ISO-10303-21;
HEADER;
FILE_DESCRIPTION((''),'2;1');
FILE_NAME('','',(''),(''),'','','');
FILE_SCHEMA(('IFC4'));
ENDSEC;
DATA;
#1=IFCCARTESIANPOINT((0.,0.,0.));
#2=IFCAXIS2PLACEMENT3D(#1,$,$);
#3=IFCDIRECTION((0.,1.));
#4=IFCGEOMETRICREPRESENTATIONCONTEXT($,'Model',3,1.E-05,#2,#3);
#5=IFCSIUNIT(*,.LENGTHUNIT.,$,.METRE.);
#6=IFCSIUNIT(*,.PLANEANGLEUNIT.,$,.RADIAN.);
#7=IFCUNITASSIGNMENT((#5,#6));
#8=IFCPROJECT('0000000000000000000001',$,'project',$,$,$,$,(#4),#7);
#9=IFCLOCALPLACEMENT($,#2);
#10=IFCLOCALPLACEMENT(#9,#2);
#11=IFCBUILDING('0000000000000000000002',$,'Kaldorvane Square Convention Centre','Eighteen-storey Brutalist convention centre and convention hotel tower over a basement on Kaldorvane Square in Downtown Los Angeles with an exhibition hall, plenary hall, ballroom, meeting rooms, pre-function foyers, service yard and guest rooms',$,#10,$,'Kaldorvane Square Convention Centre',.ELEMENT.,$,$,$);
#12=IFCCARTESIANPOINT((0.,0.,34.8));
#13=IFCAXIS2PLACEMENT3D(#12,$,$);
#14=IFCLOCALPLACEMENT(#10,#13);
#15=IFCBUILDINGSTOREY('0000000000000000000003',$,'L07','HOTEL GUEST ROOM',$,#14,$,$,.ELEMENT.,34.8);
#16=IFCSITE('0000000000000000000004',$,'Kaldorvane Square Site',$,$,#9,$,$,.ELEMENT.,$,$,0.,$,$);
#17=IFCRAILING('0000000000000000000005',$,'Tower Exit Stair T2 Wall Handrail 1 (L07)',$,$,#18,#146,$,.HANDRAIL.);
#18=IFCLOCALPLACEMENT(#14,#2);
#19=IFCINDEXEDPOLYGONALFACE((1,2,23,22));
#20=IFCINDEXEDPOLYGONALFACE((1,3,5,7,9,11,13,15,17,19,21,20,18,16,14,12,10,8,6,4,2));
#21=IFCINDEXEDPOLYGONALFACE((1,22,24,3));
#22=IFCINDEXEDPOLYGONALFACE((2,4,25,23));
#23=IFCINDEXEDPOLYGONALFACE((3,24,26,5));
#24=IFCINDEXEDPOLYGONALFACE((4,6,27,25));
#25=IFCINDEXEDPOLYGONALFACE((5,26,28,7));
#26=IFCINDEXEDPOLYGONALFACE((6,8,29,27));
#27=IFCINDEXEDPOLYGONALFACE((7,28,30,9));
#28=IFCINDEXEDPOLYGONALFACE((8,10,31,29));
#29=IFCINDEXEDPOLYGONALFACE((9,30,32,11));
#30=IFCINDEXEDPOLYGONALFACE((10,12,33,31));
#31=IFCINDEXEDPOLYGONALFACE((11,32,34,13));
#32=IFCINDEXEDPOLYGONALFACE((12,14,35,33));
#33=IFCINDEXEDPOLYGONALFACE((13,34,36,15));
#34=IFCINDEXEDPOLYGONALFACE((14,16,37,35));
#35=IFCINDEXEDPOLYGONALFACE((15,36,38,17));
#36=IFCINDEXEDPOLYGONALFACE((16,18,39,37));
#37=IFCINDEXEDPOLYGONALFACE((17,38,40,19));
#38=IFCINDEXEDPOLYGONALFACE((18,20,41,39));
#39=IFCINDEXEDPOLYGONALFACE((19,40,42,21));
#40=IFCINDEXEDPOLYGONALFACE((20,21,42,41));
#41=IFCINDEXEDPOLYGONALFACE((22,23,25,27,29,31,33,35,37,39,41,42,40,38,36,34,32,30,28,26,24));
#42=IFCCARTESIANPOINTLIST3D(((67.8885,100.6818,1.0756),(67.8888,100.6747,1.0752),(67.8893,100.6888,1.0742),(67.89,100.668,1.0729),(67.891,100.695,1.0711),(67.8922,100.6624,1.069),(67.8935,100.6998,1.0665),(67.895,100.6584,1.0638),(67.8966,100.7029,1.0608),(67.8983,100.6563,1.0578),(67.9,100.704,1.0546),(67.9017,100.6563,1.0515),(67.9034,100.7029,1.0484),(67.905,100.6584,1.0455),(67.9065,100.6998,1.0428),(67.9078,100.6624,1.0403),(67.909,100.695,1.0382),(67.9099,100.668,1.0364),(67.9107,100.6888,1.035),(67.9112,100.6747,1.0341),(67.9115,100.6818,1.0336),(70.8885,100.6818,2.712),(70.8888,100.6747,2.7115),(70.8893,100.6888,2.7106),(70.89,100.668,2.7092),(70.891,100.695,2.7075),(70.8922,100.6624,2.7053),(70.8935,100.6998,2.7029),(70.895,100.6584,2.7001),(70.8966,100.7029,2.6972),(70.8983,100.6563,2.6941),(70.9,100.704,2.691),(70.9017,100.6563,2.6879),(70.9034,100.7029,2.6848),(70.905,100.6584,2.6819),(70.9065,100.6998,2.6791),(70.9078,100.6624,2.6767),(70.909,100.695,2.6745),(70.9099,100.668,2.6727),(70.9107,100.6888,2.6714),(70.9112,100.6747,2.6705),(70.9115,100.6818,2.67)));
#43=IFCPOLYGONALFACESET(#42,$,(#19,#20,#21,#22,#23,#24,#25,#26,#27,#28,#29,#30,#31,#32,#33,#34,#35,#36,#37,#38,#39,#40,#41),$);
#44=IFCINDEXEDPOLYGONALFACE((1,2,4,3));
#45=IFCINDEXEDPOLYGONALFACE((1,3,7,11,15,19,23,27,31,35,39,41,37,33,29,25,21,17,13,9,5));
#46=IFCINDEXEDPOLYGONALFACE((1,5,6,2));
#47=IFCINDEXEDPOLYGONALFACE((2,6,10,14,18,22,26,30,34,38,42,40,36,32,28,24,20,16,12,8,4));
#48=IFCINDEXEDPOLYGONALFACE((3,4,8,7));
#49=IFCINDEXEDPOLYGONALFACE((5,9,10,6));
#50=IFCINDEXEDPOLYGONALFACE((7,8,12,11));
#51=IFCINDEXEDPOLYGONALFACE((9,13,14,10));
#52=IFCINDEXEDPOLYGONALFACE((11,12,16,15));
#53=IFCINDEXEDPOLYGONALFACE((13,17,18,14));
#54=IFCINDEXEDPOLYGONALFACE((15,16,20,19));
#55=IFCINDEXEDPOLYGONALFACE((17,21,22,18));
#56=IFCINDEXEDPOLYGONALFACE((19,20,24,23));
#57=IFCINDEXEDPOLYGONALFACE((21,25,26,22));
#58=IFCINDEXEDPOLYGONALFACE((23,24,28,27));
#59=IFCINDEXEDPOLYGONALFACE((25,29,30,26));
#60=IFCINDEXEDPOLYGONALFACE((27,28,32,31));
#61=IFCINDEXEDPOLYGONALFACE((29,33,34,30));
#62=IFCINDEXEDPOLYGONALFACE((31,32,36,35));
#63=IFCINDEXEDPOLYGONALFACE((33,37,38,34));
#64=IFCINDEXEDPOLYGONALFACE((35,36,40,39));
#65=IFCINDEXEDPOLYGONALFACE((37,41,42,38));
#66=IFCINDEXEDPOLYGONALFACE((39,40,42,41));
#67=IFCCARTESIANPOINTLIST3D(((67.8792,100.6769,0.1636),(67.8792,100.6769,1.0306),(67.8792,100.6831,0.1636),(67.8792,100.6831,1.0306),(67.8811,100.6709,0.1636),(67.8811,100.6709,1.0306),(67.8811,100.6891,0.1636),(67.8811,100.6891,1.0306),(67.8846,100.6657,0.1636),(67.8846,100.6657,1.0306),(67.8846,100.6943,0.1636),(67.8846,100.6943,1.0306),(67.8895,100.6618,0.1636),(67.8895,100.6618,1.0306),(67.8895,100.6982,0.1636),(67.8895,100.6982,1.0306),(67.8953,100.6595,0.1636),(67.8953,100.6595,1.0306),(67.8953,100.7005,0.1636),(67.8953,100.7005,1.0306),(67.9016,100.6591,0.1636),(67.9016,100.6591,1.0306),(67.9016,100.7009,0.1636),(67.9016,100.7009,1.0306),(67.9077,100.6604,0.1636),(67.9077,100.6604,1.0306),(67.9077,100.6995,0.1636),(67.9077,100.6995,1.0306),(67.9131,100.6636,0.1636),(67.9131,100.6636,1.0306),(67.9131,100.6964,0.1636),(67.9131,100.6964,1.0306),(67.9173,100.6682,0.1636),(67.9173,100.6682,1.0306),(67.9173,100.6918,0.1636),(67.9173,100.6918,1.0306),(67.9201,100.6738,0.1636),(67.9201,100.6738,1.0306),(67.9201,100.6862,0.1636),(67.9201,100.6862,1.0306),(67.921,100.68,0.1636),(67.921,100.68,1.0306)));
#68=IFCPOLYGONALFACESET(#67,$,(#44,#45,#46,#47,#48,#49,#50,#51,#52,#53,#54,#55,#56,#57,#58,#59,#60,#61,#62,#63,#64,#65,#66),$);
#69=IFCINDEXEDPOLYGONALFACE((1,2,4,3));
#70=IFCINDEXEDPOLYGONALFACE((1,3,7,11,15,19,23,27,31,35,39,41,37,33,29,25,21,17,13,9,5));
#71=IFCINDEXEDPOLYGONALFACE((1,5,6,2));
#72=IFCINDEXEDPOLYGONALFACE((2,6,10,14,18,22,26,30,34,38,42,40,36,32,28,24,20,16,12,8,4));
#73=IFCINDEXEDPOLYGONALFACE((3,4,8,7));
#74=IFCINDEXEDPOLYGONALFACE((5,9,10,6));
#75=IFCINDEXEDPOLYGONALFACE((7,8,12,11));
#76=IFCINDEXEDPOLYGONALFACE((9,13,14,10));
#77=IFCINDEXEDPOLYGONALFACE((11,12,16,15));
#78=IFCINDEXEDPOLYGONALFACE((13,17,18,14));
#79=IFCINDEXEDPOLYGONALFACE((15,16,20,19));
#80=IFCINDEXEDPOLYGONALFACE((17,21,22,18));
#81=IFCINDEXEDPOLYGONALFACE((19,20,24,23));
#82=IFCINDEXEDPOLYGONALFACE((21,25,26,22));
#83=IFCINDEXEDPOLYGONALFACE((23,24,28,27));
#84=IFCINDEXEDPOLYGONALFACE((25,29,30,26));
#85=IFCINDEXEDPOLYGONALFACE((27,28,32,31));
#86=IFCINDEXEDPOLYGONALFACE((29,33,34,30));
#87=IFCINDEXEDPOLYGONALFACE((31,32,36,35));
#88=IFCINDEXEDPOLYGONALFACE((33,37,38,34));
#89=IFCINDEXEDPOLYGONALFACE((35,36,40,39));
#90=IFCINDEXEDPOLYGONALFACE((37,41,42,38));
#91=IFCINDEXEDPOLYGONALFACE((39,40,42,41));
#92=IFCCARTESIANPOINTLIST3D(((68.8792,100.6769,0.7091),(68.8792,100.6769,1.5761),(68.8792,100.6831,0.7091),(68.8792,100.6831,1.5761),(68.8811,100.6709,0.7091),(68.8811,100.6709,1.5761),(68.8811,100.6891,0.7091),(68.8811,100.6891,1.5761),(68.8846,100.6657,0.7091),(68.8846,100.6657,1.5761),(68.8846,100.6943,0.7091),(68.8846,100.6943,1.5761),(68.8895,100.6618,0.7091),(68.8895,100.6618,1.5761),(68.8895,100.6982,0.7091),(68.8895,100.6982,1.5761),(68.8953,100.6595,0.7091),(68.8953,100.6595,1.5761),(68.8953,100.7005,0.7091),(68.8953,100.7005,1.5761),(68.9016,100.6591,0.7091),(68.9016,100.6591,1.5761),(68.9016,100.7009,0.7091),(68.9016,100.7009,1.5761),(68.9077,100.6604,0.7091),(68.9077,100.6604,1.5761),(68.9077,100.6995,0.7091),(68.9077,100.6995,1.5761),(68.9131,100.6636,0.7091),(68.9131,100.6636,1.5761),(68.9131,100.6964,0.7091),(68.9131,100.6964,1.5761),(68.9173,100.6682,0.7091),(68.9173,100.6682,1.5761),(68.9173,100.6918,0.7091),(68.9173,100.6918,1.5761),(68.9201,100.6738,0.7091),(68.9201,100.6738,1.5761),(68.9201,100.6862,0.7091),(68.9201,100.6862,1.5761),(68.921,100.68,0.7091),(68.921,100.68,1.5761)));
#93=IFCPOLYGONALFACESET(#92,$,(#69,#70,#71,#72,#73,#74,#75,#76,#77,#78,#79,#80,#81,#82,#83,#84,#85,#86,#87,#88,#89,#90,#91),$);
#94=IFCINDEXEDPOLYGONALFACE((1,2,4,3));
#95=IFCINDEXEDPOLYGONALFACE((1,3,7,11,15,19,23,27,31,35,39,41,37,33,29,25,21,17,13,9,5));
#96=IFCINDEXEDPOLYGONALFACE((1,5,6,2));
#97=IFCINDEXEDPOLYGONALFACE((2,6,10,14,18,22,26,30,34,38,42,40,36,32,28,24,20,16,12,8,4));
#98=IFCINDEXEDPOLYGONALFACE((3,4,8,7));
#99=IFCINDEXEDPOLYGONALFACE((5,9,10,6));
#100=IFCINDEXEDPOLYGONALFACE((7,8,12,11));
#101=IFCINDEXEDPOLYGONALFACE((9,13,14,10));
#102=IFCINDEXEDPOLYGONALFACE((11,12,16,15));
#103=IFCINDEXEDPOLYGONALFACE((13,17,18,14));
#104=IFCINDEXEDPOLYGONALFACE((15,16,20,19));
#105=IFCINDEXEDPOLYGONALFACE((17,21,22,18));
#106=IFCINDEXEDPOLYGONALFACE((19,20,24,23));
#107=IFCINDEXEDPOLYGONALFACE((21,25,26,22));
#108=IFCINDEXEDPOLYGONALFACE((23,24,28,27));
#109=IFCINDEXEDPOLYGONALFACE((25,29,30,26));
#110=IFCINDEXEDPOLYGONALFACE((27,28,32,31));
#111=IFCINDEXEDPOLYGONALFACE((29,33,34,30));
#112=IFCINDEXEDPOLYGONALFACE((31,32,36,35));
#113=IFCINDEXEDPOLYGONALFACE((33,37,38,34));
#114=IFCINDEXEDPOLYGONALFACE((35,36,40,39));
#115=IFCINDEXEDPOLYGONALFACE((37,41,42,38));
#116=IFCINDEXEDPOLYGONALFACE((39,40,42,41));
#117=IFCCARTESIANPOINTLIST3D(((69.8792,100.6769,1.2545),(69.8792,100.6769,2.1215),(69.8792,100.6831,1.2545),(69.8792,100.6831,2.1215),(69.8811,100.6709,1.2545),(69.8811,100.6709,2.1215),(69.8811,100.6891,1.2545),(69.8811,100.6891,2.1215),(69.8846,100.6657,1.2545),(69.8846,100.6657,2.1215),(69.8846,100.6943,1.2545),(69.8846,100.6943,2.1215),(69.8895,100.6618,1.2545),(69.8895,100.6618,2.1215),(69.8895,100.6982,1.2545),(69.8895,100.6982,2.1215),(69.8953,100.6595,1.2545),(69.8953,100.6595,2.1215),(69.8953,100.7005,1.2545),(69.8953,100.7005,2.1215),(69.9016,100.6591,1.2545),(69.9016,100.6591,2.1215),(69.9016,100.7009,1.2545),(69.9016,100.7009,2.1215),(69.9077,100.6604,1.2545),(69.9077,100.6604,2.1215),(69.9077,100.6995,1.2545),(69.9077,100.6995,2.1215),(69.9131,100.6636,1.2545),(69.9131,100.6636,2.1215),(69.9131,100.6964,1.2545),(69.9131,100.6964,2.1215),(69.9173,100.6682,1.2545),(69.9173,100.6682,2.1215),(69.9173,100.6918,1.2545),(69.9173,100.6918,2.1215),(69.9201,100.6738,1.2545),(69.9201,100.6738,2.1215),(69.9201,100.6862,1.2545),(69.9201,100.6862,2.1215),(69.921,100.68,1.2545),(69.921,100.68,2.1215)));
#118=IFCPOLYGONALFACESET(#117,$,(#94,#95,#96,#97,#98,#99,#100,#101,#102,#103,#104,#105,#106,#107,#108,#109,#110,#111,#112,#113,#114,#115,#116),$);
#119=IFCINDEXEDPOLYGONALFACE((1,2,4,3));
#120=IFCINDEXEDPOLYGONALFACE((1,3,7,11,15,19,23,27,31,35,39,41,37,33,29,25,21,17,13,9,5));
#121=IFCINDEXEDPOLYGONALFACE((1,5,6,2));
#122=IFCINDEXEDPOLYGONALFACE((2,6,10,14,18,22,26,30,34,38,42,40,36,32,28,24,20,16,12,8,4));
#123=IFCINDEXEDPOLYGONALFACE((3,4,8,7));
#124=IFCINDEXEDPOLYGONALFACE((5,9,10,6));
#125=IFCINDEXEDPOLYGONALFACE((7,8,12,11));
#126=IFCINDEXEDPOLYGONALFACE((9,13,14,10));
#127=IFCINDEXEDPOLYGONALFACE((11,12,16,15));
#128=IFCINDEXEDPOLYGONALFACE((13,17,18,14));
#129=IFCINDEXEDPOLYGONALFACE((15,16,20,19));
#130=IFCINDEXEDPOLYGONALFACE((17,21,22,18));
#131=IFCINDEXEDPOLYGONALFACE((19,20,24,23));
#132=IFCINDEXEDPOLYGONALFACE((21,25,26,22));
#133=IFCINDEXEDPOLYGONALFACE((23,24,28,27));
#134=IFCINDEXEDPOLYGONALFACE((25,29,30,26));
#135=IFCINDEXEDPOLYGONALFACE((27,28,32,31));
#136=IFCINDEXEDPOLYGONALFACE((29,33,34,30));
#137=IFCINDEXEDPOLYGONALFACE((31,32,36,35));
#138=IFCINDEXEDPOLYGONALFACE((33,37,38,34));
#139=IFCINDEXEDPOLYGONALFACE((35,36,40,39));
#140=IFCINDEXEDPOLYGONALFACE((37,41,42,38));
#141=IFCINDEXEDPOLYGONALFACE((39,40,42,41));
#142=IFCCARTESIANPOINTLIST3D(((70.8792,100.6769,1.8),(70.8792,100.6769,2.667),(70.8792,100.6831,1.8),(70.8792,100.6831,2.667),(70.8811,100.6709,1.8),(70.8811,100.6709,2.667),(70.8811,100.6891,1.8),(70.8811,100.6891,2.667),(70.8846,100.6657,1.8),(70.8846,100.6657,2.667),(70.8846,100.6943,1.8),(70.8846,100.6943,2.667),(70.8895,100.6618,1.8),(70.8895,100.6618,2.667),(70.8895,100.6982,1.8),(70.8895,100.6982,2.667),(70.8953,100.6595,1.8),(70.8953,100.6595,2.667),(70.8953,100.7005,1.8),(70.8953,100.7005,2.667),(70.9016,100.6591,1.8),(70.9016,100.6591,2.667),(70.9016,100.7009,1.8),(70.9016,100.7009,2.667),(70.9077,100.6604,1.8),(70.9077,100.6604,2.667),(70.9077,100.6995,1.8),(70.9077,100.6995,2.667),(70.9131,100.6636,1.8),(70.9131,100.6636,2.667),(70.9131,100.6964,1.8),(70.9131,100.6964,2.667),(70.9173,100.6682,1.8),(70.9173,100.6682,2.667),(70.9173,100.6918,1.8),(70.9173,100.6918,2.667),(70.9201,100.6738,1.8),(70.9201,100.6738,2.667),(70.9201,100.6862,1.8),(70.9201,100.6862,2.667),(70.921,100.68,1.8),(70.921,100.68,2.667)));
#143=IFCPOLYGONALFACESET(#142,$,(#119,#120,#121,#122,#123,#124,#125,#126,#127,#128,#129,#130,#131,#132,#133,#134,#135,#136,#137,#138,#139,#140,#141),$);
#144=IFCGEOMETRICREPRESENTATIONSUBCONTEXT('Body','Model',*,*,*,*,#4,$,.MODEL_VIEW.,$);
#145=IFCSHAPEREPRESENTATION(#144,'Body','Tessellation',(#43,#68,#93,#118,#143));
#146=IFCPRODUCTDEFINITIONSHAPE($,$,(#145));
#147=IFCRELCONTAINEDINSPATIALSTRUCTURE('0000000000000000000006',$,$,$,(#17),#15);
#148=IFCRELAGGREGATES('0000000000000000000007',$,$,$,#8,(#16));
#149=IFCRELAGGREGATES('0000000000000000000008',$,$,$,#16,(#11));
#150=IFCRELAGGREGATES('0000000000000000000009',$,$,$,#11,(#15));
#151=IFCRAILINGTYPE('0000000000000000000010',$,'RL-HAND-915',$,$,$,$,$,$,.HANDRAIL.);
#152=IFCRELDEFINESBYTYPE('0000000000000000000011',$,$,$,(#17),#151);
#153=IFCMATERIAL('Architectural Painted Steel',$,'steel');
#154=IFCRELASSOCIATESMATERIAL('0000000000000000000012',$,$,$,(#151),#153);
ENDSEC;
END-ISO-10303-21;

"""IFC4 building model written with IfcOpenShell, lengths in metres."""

from ifc_helpers import new_model, si_unit, direction, frame, origin, origin_2d, place, context, subcontext, project, spatial, circle, extrude, material, type_object, element, save


model = new_model("IFC4")

# Units and contexts
model_context = context("Model", 3, precision=1e-05, world=origin(), true_north=direction((0.0, 1.0)))
body_context = subcontext(model_context, "Body", "Model", "MODEL_VIEW")
ifc_project = project(units=[si_unit("LENGTHUNIT", "METRE"), si_unit("PLANEANGLEUNIT", "RADIAN")], contexts=[model_context])

# Site, building, storey
site_placement = place(None, origin())
site = spatial("IfcSite", under=ifc_project, at=site_placement, Name="Kaldorvane Square Site", CompositionType="ELEMENT", RefElevation=0.0)
building_placement = place(site_placement, origin())
building = spatial("IfcBuilding", under=site, at=building_placement, Name="Kaldorvane Square Convention Centre", Description="Eighteen-storey Brutalist convention centre and convention hotel tower over a basement on Kaldorvane Square in Downtown Los Angeles with an exhibition hall, plenary hall, ballroom, meeting rooms, pre-function foyers, service yard and guest rooms", LongName="Kaldorvane Square Convention Centre", CompositionType="ELEMENT")
storey_placement = place(building_placement, frame((0.0, 0.0, 34.8)))
storey = spatial("IfcBuildingStorey", under=building, at=storey_placement, Name="L07", Description="HOTEL GUEST ROOM", CompositionType="ELEMENT", Elevation=34.8)

# Railing
ifc_material_1 = material(Name="Architectural Painted Steel", Category="steel")
railing_type = type_object("IfcRailingType", Name="RL-HAND-915", PredefinedType="HANDRAIL", material=ifc_material_1)
railing_placement = place(storey_placement, frame((67.9, 100.68, 0.1636)))
element("IfcRailing", 1, at=railing_placement, inside=storey, type_object=railing_type, Name="Tower Exit Stair T2 Wall Handrail 1 (L07)", PredefinedType="HANDRAIL", context=body_context, shape_type="SweptSolid", body=[
    extrude(circle(Radius=0.024, at=origin_2d()), frame((0.0, 0.0, 0.891), z_axis=(0.877895, 0.0, 0.478853), x_axis=(0.0, 1.0, 0.0)), (0.0, 0.0, 1.0), 3.4173),
    extrude(circle(Radius=0.021, at=origin_2d()), origin(), (0.0, 0.0, 1.0), 0.867),
    extrude(circle(Radius=0.021, at=origin_2d()), frame((1.0, 0.0, 0.5455)), (0.0, 0.0, 1.0), 0.867),
    extrude(circle(Radius=0.021, at=origin_2d()), frame((2.0, 0.0, 1.0909)), (0.0, 0.0, 1.0), 0.867),
    extrude(circle(Radius=0.021, at=origin_2d()), frame((3.0, 0.0, 1.6364)), (0.0, 0.0, 1.0), 0.867),
])

save(model, "model.ifc")
